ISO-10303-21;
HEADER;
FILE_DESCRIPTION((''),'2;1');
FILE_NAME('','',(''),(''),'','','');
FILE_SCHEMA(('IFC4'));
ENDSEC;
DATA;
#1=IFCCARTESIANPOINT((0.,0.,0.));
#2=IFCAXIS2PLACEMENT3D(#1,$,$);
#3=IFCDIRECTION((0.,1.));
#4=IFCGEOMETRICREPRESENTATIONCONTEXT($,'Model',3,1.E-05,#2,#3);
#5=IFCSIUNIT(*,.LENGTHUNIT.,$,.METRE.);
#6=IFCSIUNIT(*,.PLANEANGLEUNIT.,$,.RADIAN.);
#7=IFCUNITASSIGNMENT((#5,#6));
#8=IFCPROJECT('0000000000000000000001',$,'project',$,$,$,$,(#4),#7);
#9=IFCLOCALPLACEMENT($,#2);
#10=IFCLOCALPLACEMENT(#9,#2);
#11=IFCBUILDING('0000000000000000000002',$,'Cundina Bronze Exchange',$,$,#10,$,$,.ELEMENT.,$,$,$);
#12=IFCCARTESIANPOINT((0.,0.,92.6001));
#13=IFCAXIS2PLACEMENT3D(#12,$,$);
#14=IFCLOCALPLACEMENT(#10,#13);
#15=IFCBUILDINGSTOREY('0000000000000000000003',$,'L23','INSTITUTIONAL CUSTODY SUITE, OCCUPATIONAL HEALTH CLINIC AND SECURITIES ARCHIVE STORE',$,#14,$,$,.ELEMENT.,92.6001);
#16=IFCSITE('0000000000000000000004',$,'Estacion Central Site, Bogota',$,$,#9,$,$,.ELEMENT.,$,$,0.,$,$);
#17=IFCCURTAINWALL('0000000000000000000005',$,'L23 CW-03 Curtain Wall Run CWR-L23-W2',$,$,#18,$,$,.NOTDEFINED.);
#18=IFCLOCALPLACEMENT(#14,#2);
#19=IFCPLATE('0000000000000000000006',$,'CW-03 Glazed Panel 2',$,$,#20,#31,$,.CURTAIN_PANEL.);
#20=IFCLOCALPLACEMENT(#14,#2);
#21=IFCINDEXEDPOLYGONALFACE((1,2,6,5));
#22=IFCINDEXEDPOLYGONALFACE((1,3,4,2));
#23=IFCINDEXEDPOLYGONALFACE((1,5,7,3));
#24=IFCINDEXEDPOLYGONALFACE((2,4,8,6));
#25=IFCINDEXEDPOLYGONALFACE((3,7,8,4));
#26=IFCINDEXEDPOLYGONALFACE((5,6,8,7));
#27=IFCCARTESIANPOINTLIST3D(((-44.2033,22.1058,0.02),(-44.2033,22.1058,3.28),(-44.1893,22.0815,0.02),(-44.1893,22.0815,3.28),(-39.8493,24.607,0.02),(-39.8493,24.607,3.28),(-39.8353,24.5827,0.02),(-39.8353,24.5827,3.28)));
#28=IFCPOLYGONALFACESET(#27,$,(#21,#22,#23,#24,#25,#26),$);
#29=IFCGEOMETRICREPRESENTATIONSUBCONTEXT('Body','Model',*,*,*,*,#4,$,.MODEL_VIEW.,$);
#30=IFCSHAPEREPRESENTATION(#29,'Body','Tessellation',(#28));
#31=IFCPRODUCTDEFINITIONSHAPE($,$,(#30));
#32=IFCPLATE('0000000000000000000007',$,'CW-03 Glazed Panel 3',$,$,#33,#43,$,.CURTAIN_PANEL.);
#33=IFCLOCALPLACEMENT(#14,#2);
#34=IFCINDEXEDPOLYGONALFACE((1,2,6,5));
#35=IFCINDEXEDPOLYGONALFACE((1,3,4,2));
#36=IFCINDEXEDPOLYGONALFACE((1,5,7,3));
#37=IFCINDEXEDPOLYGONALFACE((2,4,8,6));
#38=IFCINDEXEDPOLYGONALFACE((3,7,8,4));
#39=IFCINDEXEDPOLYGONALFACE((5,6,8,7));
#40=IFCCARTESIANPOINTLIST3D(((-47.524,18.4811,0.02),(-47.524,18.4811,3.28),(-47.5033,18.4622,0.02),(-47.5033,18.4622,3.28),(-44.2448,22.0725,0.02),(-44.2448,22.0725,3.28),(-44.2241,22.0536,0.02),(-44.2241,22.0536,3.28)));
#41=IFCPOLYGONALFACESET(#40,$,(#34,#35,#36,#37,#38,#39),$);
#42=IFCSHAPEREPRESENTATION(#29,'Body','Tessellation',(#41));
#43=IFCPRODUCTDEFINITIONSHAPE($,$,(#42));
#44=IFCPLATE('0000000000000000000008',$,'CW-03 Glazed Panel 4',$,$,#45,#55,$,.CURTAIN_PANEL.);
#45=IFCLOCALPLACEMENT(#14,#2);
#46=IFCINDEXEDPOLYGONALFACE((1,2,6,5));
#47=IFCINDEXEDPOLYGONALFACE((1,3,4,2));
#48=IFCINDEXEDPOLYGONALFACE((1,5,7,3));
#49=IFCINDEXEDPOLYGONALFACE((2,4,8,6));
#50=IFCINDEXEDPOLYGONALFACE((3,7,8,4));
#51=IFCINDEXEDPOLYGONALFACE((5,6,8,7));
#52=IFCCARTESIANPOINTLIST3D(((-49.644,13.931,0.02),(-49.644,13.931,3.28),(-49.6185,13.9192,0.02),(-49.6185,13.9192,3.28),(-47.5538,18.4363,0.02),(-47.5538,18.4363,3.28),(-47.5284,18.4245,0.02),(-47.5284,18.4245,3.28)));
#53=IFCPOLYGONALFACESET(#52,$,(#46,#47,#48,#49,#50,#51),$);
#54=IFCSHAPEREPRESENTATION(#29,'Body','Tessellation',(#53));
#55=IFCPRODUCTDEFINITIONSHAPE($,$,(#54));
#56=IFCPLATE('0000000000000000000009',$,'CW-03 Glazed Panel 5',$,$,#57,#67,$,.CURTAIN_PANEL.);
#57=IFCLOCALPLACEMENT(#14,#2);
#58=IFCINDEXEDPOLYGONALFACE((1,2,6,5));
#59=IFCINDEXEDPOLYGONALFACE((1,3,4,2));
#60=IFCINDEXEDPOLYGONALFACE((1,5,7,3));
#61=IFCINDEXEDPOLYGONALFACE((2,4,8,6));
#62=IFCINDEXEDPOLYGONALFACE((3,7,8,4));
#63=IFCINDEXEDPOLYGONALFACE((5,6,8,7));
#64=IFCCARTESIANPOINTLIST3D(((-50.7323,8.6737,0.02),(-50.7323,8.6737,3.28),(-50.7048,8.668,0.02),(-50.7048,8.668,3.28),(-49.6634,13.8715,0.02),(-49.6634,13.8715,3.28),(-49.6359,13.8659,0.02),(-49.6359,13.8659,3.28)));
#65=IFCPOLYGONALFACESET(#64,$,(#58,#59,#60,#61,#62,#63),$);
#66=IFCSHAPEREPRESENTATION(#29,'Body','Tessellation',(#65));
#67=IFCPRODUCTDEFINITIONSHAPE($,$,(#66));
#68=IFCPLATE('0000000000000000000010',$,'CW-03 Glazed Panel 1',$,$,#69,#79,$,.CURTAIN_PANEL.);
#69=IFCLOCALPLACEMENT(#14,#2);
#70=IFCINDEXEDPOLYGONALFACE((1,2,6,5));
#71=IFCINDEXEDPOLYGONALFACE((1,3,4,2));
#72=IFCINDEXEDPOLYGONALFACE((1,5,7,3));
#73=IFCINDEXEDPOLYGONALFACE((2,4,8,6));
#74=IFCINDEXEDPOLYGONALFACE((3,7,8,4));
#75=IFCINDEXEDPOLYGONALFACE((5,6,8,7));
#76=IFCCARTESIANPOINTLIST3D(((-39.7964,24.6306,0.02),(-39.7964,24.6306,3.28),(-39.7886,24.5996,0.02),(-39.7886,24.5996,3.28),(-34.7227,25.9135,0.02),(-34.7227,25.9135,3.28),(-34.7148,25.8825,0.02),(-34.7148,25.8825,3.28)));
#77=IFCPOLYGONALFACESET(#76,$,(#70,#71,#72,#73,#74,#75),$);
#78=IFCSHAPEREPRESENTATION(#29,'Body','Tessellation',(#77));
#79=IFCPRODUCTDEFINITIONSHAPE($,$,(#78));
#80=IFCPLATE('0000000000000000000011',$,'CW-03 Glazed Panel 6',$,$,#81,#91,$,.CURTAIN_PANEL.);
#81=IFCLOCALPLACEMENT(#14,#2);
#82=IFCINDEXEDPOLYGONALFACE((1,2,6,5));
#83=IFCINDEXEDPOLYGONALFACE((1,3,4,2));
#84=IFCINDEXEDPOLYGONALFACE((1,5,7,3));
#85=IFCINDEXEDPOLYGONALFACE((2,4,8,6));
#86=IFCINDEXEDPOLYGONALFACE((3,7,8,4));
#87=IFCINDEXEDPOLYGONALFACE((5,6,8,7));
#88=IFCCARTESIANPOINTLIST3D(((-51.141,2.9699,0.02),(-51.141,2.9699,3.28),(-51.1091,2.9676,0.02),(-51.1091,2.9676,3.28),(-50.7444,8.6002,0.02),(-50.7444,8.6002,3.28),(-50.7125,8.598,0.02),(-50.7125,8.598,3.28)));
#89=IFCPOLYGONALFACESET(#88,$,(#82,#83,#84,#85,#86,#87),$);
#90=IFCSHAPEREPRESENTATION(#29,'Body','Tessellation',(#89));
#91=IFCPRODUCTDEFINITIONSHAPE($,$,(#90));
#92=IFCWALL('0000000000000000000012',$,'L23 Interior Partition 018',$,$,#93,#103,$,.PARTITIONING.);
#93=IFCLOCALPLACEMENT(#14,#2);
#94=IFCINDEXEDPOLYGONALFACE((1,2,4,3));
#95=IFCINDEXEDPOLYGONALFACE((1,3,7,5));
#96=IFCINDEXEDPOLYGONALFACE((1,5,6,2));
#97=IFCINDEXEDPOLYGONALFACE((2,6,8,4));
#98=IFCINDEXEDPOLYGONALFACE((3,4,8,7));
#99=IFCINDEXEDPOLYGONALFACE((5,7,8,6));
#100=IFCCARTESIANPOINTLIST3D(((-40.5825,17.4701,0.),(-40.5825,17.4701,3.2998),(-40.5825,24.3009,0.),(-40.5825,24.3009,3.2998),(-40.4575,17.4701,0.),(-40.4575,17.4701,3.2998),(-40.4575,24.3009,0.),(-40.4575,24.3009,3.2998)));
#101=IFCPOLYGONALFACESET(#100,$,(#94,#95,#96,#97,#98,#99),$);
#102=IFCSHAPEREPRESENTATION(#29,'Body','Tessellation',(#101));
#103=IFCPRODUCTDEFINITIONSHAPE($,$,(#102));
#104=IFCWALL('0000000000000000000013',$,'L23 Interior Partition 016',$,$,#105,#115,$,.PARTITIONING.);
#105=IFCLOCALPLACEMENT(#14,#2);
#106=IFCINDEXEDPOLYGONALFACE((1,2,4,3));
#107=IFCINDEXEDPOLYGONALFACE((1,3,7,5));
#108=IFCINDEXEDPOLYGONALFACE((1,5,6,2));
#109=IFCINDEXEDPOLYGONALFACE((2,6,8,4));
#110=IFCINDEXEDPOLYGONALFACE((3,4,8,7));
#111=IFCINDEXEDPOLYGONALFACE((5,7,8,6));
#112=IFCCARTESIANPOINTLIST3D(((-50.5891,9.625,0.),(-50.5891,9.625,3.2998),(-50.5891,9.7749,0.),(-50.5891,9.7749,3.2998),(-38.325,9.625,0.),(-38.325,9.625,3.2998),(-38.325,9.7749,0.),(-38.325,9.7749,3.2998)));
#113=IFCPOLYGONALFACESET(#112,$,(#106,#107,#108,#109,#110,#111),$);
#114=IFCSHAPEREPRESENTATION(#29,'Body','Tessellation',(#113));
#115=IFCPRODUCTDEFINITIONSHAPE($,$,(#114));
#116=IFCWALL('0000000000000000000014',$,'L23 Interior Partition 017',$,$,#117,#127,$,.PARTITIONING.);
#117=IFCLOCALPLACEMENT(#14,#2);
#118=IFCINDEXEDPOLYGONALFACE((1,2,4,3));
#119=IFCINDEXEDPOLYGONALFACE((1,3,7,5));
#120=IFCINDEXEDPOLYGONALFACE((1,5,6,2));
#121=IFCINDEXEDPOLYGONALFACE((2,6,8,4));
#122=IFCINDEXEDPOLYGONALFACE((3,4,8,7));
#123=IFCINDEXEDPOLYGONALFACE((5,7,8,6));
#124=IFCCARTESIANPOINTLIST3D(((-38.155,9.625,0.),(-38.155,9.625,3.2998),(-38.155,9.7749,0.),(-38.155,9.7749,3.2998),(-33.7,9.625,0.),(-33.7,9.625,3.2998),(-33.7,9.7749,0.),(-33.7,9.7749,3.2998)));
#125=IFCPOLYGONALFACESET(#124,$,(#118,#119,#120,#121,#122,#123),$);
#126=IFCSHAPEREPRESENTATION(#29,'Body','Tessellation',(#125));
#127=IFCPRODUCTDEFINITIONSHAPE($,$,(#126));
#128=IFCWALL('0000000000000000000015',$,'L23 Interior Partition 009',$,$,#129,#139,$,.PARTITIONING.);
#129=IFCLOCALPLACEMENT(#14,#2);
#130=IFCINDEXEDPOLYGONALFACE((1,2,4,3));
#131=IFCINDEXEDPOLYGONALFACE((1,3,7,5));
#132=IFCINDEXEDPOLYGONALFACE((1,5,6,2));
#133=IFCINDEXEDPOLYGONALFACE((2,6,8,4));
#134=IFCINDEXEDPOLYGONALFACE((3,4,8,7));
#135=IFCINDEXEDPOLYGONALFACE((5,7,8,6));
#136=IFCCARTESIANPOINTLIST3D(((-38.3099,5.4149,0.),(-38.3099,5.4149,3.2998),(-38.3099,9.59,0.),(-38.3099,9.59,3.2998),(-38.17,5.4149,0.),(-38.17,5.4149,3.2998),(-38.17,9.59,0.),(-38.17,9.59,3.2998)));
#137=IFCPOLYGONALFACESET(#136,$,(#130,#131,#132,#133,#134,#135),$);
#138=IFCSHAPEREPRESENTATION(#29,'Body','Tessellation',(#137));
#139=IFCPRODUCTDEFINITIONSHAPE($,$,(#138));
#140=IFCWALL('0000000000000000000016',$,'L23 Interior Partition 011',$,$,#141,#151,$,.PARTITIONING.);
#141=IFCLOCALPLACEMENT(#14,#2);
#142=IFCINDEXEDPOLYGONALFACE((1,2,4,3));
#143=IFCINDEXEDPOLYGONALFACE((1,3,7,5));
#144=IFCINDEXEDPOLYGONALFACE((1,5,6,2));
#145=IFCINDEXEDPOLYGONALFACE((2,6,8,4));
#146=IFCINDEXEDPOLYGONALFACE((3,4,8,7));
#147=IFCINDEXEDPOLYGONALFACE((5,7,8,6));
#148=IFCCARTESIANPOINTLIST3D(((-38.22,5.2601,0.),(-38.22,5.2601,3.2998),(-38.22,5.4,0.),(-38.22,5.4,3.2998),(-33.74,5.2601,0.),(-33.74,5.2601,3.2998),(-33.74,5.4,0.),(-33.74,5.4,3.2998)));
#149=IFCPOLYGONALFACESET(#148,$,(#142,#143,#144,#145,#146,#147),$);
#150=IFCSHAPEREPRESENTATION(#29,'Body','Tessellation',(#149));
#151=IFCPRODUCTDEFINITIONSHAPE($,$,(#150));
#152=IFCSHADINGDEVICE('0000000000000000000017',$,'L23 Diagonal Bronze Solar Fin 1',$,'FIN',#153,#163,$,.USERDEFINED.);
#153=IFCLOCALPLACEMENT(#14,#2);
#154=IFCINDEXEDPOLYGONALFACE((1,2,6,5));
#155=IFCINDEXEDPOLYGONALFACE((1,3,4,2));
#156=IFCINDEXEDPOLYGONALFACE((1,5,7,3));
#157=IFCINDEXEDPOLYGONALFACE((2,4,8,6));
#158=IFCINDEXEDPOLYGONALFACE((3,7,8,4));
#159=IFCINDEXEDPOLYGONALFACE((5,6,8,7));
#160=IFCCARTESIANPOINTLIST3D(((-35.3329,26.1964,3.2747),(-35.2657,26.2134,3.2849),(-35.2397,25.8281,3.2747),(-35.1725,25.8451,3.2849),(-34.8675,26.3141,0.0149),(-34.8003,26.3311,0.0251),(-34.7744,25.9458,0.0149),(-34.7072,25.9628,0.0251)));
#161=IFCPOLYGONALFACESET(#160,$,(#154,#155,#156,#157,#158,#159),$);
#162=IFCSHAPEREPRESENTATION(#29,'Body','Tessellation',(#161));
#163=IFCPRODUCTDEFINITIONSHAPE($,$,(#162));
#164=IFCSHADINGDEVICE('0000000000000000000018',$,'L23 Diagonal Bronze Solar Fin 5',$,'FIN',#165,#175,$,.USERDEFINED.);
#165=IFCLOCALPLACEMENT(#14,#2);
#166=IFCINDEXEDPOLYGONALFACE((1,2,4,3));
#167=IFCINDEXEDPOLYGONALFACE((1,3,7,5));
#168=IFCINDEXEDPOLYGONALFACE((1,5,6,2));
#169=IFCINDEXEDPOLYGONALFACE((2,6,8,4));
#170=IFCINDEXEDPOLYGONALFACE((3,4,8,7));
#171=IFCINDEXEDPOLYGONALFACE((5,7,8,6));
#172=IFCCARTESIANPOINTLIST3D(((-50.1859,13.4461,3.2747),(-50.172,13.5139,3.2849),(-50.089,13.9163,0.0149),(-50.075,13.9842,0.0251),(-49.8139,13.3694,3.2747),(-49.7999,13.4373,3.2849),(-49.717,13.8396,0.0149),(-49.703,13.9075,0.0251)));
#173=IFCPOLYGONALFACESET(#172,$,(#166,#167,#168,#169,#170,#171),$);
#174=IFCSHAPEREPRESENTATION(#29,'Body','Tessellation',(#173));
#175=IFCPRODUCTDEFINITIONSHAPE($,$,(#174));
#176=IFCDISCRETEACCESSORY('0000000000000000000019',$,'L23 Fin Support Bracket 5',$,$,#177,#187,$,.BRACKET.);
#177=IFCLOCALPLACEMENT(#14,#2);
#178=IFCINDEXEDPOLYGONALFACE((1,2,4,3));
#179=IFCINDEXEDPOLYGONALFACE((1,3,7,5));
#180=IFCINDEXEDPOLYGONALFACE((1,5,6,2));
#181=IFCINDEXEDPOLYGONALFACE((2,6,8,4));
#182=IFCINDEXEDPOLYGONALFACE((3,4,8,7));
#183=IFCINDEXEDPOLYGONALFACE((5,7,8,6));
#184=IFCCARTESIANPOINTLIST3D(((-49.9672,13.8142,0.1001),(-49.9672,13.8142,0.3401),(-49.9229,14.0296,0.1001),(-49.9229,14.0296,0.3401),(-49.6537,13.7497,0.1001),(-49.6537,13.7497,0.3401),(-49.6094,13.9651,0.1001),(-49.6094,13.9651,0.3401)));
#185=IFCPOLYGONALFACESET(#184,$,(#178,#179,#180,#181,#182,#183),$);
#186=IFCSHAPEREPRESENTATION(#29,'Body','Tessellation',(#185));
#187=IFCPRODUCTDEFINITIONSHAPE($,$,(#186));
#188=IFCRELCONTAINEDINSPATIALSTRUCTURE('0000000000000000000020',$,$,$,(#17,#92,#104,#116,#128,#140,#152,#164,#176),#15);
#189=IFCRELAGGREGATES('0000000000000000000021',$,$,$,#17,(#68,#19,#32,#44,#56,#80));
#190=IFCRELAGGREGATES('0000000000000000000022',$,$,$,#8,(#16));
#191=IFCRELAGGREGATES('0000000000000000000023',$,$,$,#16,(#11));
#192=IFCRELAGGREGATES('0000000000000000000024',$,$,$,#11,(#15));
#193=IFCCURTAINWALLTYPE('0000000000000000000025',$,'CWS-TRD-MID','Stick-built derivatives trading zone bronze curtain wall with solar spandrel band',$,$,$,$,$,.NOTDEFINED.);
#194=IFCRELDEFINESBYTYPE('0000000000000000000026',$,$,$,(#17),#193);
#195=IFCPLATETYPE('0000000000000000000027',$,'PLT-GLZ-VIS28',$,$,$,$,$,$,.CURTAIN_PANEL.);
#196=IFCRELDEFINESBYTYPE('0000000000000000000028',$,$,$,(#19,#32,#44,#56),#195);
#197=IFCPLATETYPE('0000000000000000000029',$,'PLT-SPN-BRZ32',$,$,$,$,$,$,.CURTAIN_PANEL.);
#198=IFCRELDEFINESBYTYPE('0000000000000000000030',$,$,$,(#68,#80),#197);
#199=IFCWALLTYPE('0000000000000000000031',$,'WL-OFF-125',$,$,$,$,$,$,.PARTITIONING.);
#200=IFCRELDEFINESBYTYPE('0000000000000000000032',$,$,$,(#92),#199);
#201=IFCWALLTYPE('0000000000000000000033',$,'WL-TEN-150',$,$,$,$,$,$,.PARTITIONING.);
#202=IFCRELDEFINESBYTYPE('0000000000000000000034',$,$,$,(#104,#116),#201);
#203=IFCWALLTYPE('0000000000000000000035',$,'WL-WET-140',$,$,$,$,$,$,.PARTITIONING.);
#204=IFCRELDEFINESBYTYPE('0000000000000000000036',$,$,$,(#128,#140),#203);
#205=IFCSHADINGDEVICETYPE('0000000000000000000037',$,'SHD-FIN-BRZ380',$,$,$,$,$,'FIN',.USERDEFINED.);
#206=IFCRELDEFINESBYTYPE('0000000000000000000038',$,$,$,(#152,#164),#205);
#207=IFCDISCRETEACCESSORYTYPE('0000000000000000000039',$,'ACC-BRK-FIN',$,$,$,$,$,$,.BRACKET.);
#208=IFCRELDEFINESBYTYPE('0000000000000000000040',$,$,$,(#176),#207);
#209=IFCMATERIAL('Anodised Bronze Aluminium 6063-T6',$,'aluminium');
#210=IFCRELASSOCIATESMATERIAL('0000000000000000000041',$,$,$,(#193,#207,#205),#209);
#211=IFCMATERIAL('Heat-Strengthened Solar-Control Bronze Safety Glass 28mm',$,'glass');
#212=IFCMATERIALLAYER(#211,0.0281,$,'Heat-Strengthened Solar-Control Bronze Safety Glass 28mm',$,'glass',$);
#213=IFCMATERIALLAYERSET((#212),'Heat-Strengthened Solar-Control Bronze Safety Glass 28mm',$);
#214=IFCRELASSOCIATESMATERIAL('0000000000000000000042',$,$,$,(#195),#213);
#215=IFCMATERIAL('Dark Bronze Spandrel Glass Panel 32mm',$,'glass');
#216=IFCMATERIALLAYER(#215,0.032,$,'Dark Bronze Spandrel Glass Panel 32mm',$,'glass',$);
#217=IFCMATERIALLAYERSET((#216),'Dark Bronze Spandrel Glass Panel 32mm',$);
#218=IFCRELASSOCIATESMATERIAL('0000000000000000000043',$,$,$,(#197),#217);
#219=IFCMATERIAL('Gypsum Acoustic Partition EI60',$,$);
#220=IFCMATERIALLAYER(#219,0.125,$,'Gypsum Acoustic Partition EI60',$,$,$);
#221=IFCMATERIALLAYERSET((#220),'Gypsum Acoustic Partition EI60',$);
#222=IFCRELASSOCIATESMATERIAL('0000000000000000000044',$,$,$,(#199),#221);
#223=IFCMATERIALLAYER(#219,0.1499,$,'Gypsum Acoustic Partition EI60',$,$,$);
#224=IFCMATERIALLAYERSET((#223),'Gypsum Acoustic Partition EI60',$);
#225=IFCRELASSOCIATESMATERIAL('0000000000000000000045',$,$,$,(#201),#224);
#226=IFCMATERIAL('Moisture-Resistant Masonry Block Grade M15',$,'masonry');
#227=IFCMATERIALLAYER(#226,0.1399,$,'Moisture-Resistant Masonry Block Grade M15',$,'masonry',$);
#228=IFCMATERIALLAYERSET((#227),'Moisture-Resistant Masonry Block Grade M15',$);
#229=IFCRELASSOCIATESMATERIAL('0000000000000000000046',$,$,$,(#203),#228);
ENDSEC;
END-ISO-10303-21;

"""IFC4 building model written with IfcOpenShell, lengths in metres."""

from ifc_helpers import new_model, si_unit, direction, frame, frame_2d, origin, origin_2d, place, context, subcontext, project, spatial, rectangle, extrude, material, layer, layer_set, material_profile, profile_set, type_object, element, aggregate, save


model = new_model("IFC4")

# Units and contexts
model_context = context("Model", 3, precision=1e-05, world=origin(), true_north=direction((0.0, 1.0)))
body_context = subcontext(model_context, "Body", "Model", "MODEL_VIEW")
ifc_project = project(units=[si_unit("LENGTHUNIT", "METRE"), si_unit("PLANEANGLEUNIT", "RADIAN")], contexts=[model_context])

# Site, building, storey
site_placement = place(None, origin())
site = spatial("IfcSite", under=ifc_project, at=site_placement, Name="Estacion Central Site, Bogota", CompositionType="ELEMENT", RefElevation=0.0)
building_placement = place(site_placement, origin())
building = spatial("IfcBuilding", under=site, at=building_placement, Name="Cundina Bronze Exchange", CompositionType="ELEMENT")
storey_placement = place(building_placement, frame((0.0, 0.0, 92.6001)))
storey = spatial("IfcBuildingStorey", under=building, at=storey_placement, Name="L23", Description="INSTITUTIONAL CUSTODY SUITE, OCCUPATIONAL HEALTH CLINIC AND SECURITIES ARCHIVE STORE", CompositionType="ELEMENT", Elevation=92.6001)

# Curtain wall, plates
ifc_material_1 = material(Name="Anodised Bronze Aluminium 6063-T6", Category="aluminium")
curtain_wall_type = type_object("IfcCurtainWallType", Name="CWS-TRD-MID", Description="Stick-built derivatives trading zone bronze curtain wall with solar spandrel band", PredefinedType="NOTDEFINED", material=ifc_material_1)
curtain_wall_placement = place(storey_placement, origin())
curtain_wall = element("IfcCurtainWall", 1, at=curtain_wall_placement, inside=storey, type_object=curtain_wall_type, Name="L23 CW-03 Curtain Wall Run CWR-L23-W2", PredefinedType="NOTDEFINED")
ifc_material_2 = material(Name="Heat-Strengthened Solar-Control Bronze Safety Glass 28mm", Category="glass")
ifc_layer_1 = layer(ifc_material_2, 0.0281, Name="Heat-Strengthened Solar-Control Bronze Safety Glass 28mm", Category="glass")
ifc_layer_set_1 = layer_set([ifc_layer_1], Name="Heat-Strengthened Solar-Control Bronze Safety Glass 28mm")
plate_type_1 = type_object("IfcPlateType", Name="PLT-GLZ-VIS28", PredefinedType="CURTAIN_PANEL", material=ifc_layer_set_1)
plate_1_placement = place(storey_placement, frame((-42.0193, 23.3442, 0.02), z_axis=(0.0, 0.0, 1.0), x_axis=(-0.867105, -0.498125, 0.0)))
plate_1 = element("IfcPlate", 2, at=plate_1_placement, type_object=plate_type_1, Name="CW-03 Glazed Panel 2", PredefinedType="CURTAIN_PANEL", context=body_context, shape_type="SweptSolid", body=[
    extrude(rectangle(XDim=5.0212, YDim=0.0281, at=origin_2d()), origin(), (0.0, 0.0, 1.0), 3.26),
])
plate_2_placement = place(storey_placement, frame((-45.874, 20.2673, 0.02), z_axis=(0.0, 0.0, 1.0), x_axis=(-0.674277, -0.738479, 0.0)))
plate_2 = element("IfcPlate", 3, at=plate_2_placement, type_object=plate_type_1, Name="CW-03 Glazed Panel 3", PredefinedType="CURTAIN_PANEL", context=body_context, shape_type="SweptSolid", body=[
    extrude(rectangle(XDim=4.8633, YDim=0.0281, at=origin_2d()), origin(), (0.0, 0.0, 1.0), 3.26),
])
plate_3_placement = place(storey_placement, frame((-48.5862, 16.1777, 0.02), z_axis=(0.0, 0.0, 1.0), x_axis=(-0.420846, -0.907132, 0.0)))
plate_3 = element("IfcPlate", 4, at=plate_3_placement, type_object=plate_type_1, Name="CW-03 Glazed Panel 4", PredefinedType="CURTAIN_PANEL", context=body_context, shape_type="SweptSolid", body=[
    extrude(rectangle(XDim=4.9666, YDim=0.0281, at=origin_2d()), origin(), (0.0, 0.0, 1.0), 3.26),
])
plate_4_placement = place(storey_placement, frame((-50.1841, 11.2698, 0.02), z_axis=(0.0, 0.0, 1.0), x_axis=(-0.20142, -0.979505, 0.0)))
plate_4 = element("IfcPlate", 5, at=plate_4_placement, type_object=plate_type_1, Name="CW-03 Glazed Panel 5", PredefinedType="CURTAIN_PANEL", context=body_context, shape_type="SweptSolid", body=[
    extrude(rectangle(XDim=5.3066, YDim=0.0281, at=origin_2d()), origin(), (0.0, 0.0, 1.0), 3.26),
])
ifc_material_3 = material(Name="Dark Bronze Spandrel Glass Panel 32mm", Category="glass")
ifc_layer_2 = layer(ifc_material_3, 0.032, Name="Dark Bronze Spandrel Glass Panel 32mm", Category="glass")
ifc_layer_set_2 = layer_set([ifc_layer_2], Name="Dark Bronze Spandrel Glass Panel 32mm")
plate_type_2 = type_object("IfcPlateType", Name="PLT-SPN-BRZ32", PredefinedType="CURTAIN_PANEL", material=ifc_layer_set_2)
plate_5_placement = place(storey_placement, frame((-37.2556, 25.2566, 0.02), z_axis=(0.0, 0.0, 1.0), x_axis=(-0.969488, -0.245138, 0.0)))
plate_5 = element("IfcPlate", 6, at=plate_5_placement, type_object=plate_type_2, Name="CW-03 Glazed Panel 1", PredefinedType="CURTAIN_PANEL", context=body_context, shape_type="SweptSolid", body=[
    extrude(rectangle(XDim=5.2334, YDim=0.032, at=origin_2d()), origin(), (0.0, 0.0, 1.0), 3.26),
])
plate_6_placement = place(storey_placement, frame((-50.9268, 5.7839, 0.02), z_axis=(0.0, 0.0, 1.0), x_axis=(-0.070279, -0.997527, 0.0)))
plate_6 = element("IfcPlate", 7, at=plate_6_placement, type_object=plate_type_2, Name="CW-03 Glazed Panel 6", PredefinedType="CURTAIN_PANEL", context=body_context, shape_type="SweptSolid", body=[
    extrude(rectangle(XDim=5.6443, YDim=0.032, at=origin_2d()), origin(), (0.0, 0.0, 1.0), 3.26),
])
aggregate(curtain_wall, [plate_5, plate_1, plate_2, plate_3, plate_4, plate_6])

# Walls
ifc_material_4 = material(Name="Gypsum Acoustic Partition EI60")
ifc_layer_3 = layer(ifc_material_4, 0.125, Name="Gypsum Acoustic Partition EI60")
ifc_layer_set_3 = layer_set([ifc_layer_3], Name="Gypsum Acoustic Partition EI60")
wall_type_1 = type_object("IfcWallType", Name="WL-OFF-125", PredefinedType="PARTITIONING", material=ifc_layer_set_3)
wall_1_placement = place(storey_placement, frame((-40.52, 17.47, 0.0), z_axis=(0.0, 0.0, 1.0), x_axis=(0.0, 1.0, 0.0)))
element("IfcWall", 8, at=wall_1_placement, inside=storey, type_object=wall_type_1, Name="L23 Interior Partition 018", PredefinedType="PARTITIONING", context=body_context, shape_type="SweptSolid", body=[
    extrude(rectangle(XDim=6.8308, YDim=0.125, at=frame_2d((3.4155, 0.0))), origin(), (0.0, 0.0, 1.0), 3.2998),
])
ifc_layer_4 = layer(ifc_material_4, 0.1499, Name="Gypsum Acoustic Partition EI60")
ifc_layer_set_4 = layer_set([ifc_layer_4], Name="Gypsum Acoustic Partition EI60")
wall_type_2 = type_object("IfcWallType", Name="WL-TEN-150", PredefinedType="PARTITIONING", material=ifc_layer_set_4)
wall_2_placement = place(storey_placement, frame((-50.5891, 9.7, 0.0), z_axis=(0.0, 0.0, 1.0), x_axis=(1.0, 0.0, 0.0)))
element("IfcWall", 9, at=wall_2_placement, inside=storey, type_object=wall_type_2, Name="L23 Interior Partition 016", PredefinedType="PARTITIONING", context=body_context, shape_type="SweptSolid", body=[
    extrude(rectangle(XDim=12.2642, YDim=0.1499, at=frame_2d((6.1321, 0.0))), origin(), (0.0, 0.0, 1.0), 3.2998),
])
wall_3_placement = place(storey_placement, frame((-38.155, 9.7, 0.0), z_axis=(0.0, 0.0, 1.0), x_axis=(1.0, 0.0, 0.0)))
element("IfcWall", 10, at=wall_3_placement, inside=storey, type_object=wall_type_2, Name="L23 Interior Partition 017", PredefinedType="PARTITIONING", context=body_context, shape_type="SweptSolid", body=[
    extrude(rectangle(XDim=4.4551, YDim=0.1499, at=frame_2d((2.2275, 0.0))), origin(), (0.0, 0.0, 1.0), 3.2998),
])
ifc_material_5 = material(Name="Moisture-Resistant Masonry Block Grade M15", Category="masonry")
ifc_layer_5 = layer(ifc_material_5, 0.1399, Name="Moisture-Resistant Masonry Block Grade M15", Category="masonry")
ifc_layer_set_5 = layer_set([ifc_layer_5], Name="Moisture-Resistant Masonry Block Grade M15")
wall_type_3 = type_object("IfcWallType", Name="WL-WET-140", PredefinedType="PARTITIONING", material=ifc_layer_set_5)
wall_4_placement = place(storey_placement, frame((-38.24, 5.415, 0.0), z_axis=(0.0, 0.0, 1.0), x_axis=(0.0, 1.0, 0.0)))
element("IfcWall", 11, at=wall_4_placement, inside=storey, type_object=wall_type_3, Name="L23 Interior Partition 009", PredefinedType="PARTITIONING", context=body_context, shape_type="SweptSolid", body=[
    extrude(rectangle(XDim=4.175, YDim=0.1399, at=frame_2d((2.0874, 0.0))), origin(), (0.0, 0.0, 1.0), 3.2998),
])
wall_5_placement = place(storey_placement, frame((-38.22, 5.3301, 0.0), z_axis=(0.0, 0.0, 1.0), x_axis=(1.0, 0.0, 0.0)))
element("IfcWall", 12, at=wall_5_placement, inside=storey, type_object=wall_type_3, Name="L23 Interior Partition 011", PredefinedType="PARTITIONING", context=body_context, shape_type="SweptSolid", body=[
    extrude(rectangle(XDim=4.48, YDim=0.1399, at=frame_2d((2.24, 0.0))), origin(), (0.0, 0.0, 1.0), 3.2998),
])

# Shading devices
ifc_material_profile_1 = material_profile(ifc_material_1, rectangle(XDim=0.0701, YDim=0.3799, at=origin_2d()), Name="FIN70X380", Category="aluminium")
ifc_profile_set_1 = profile_set([ifc_material_profile_1], Name="Anodised Bronze Aluminium 6063-T6")
shading_device_type = type_object("IfcShadingDeviceType", Name="SHD-FIN-BRZ380", ElementType="FIN", PredefinedType="USERDEFINED", material=ifc_profile_set_1)
for number, where, z_axis, x_axis, name in (
    (13, (-34.7874, 26.1384, 0.02), (-0.141227, -0.035714, 0.989333), (0.959139, 0.242552, 0.145673), "L23 Diagonal Bronze Solar Fin 1"),
    (14, (-49.896, 13.9119, 0.02), (-0.029416, -0.142709, 0.989328), (0.199728, 0.968957, 0.145709), "L23 Diagonal Bronze Solar Fin 5"),
):
    element("IfcShadingDevice", number, at=place(storey_placement, frame(where, z_axis=z_axis, x_axis=x_axis)), inside=storey, type_object=shading_device_type, Name=name, ObjectType="FIN", PredefinedType="USERDEFINED", context=body_context, shape_type="SweptSolid", body=[
        extrude(rectangle(XDim=0.0701, YDim=0.3799, at=origin_2d()), origin(), (0.0, 0.0, 1.0), 3.2949),
    ])

# Discrete accessory
discrete_accessory_type = type_object("IfcDiscreteAccessoryType", Name="ACC-BRK-FIN", PredefinedType="BRACKET", material=ifc_material_1)
discrete_accessory_placement = place(storey_placement, frame((-49.7883, 13.8896, 0.1001), z_axis=(0.0, 0.0, 1.0), x_axis=(-0.20142, -0.979505, 0.0)))
element("IfcDiscreteAccessory", 15, at=discrete_accessory_placement, inside=storey, type_object=discrete_accessory_type, Name="L23 Fin Support Bracket 5", PredefinedType="BRACKET", context=body_context, shape_type="SweptSolid", body=[
    extrude(rectangle(XDim=0.22, YDim=0.3201, at=origin_2d()), origin(), (0.0, 0.0, 1.0), 0.24),
])

save(model, "model.ifc")
